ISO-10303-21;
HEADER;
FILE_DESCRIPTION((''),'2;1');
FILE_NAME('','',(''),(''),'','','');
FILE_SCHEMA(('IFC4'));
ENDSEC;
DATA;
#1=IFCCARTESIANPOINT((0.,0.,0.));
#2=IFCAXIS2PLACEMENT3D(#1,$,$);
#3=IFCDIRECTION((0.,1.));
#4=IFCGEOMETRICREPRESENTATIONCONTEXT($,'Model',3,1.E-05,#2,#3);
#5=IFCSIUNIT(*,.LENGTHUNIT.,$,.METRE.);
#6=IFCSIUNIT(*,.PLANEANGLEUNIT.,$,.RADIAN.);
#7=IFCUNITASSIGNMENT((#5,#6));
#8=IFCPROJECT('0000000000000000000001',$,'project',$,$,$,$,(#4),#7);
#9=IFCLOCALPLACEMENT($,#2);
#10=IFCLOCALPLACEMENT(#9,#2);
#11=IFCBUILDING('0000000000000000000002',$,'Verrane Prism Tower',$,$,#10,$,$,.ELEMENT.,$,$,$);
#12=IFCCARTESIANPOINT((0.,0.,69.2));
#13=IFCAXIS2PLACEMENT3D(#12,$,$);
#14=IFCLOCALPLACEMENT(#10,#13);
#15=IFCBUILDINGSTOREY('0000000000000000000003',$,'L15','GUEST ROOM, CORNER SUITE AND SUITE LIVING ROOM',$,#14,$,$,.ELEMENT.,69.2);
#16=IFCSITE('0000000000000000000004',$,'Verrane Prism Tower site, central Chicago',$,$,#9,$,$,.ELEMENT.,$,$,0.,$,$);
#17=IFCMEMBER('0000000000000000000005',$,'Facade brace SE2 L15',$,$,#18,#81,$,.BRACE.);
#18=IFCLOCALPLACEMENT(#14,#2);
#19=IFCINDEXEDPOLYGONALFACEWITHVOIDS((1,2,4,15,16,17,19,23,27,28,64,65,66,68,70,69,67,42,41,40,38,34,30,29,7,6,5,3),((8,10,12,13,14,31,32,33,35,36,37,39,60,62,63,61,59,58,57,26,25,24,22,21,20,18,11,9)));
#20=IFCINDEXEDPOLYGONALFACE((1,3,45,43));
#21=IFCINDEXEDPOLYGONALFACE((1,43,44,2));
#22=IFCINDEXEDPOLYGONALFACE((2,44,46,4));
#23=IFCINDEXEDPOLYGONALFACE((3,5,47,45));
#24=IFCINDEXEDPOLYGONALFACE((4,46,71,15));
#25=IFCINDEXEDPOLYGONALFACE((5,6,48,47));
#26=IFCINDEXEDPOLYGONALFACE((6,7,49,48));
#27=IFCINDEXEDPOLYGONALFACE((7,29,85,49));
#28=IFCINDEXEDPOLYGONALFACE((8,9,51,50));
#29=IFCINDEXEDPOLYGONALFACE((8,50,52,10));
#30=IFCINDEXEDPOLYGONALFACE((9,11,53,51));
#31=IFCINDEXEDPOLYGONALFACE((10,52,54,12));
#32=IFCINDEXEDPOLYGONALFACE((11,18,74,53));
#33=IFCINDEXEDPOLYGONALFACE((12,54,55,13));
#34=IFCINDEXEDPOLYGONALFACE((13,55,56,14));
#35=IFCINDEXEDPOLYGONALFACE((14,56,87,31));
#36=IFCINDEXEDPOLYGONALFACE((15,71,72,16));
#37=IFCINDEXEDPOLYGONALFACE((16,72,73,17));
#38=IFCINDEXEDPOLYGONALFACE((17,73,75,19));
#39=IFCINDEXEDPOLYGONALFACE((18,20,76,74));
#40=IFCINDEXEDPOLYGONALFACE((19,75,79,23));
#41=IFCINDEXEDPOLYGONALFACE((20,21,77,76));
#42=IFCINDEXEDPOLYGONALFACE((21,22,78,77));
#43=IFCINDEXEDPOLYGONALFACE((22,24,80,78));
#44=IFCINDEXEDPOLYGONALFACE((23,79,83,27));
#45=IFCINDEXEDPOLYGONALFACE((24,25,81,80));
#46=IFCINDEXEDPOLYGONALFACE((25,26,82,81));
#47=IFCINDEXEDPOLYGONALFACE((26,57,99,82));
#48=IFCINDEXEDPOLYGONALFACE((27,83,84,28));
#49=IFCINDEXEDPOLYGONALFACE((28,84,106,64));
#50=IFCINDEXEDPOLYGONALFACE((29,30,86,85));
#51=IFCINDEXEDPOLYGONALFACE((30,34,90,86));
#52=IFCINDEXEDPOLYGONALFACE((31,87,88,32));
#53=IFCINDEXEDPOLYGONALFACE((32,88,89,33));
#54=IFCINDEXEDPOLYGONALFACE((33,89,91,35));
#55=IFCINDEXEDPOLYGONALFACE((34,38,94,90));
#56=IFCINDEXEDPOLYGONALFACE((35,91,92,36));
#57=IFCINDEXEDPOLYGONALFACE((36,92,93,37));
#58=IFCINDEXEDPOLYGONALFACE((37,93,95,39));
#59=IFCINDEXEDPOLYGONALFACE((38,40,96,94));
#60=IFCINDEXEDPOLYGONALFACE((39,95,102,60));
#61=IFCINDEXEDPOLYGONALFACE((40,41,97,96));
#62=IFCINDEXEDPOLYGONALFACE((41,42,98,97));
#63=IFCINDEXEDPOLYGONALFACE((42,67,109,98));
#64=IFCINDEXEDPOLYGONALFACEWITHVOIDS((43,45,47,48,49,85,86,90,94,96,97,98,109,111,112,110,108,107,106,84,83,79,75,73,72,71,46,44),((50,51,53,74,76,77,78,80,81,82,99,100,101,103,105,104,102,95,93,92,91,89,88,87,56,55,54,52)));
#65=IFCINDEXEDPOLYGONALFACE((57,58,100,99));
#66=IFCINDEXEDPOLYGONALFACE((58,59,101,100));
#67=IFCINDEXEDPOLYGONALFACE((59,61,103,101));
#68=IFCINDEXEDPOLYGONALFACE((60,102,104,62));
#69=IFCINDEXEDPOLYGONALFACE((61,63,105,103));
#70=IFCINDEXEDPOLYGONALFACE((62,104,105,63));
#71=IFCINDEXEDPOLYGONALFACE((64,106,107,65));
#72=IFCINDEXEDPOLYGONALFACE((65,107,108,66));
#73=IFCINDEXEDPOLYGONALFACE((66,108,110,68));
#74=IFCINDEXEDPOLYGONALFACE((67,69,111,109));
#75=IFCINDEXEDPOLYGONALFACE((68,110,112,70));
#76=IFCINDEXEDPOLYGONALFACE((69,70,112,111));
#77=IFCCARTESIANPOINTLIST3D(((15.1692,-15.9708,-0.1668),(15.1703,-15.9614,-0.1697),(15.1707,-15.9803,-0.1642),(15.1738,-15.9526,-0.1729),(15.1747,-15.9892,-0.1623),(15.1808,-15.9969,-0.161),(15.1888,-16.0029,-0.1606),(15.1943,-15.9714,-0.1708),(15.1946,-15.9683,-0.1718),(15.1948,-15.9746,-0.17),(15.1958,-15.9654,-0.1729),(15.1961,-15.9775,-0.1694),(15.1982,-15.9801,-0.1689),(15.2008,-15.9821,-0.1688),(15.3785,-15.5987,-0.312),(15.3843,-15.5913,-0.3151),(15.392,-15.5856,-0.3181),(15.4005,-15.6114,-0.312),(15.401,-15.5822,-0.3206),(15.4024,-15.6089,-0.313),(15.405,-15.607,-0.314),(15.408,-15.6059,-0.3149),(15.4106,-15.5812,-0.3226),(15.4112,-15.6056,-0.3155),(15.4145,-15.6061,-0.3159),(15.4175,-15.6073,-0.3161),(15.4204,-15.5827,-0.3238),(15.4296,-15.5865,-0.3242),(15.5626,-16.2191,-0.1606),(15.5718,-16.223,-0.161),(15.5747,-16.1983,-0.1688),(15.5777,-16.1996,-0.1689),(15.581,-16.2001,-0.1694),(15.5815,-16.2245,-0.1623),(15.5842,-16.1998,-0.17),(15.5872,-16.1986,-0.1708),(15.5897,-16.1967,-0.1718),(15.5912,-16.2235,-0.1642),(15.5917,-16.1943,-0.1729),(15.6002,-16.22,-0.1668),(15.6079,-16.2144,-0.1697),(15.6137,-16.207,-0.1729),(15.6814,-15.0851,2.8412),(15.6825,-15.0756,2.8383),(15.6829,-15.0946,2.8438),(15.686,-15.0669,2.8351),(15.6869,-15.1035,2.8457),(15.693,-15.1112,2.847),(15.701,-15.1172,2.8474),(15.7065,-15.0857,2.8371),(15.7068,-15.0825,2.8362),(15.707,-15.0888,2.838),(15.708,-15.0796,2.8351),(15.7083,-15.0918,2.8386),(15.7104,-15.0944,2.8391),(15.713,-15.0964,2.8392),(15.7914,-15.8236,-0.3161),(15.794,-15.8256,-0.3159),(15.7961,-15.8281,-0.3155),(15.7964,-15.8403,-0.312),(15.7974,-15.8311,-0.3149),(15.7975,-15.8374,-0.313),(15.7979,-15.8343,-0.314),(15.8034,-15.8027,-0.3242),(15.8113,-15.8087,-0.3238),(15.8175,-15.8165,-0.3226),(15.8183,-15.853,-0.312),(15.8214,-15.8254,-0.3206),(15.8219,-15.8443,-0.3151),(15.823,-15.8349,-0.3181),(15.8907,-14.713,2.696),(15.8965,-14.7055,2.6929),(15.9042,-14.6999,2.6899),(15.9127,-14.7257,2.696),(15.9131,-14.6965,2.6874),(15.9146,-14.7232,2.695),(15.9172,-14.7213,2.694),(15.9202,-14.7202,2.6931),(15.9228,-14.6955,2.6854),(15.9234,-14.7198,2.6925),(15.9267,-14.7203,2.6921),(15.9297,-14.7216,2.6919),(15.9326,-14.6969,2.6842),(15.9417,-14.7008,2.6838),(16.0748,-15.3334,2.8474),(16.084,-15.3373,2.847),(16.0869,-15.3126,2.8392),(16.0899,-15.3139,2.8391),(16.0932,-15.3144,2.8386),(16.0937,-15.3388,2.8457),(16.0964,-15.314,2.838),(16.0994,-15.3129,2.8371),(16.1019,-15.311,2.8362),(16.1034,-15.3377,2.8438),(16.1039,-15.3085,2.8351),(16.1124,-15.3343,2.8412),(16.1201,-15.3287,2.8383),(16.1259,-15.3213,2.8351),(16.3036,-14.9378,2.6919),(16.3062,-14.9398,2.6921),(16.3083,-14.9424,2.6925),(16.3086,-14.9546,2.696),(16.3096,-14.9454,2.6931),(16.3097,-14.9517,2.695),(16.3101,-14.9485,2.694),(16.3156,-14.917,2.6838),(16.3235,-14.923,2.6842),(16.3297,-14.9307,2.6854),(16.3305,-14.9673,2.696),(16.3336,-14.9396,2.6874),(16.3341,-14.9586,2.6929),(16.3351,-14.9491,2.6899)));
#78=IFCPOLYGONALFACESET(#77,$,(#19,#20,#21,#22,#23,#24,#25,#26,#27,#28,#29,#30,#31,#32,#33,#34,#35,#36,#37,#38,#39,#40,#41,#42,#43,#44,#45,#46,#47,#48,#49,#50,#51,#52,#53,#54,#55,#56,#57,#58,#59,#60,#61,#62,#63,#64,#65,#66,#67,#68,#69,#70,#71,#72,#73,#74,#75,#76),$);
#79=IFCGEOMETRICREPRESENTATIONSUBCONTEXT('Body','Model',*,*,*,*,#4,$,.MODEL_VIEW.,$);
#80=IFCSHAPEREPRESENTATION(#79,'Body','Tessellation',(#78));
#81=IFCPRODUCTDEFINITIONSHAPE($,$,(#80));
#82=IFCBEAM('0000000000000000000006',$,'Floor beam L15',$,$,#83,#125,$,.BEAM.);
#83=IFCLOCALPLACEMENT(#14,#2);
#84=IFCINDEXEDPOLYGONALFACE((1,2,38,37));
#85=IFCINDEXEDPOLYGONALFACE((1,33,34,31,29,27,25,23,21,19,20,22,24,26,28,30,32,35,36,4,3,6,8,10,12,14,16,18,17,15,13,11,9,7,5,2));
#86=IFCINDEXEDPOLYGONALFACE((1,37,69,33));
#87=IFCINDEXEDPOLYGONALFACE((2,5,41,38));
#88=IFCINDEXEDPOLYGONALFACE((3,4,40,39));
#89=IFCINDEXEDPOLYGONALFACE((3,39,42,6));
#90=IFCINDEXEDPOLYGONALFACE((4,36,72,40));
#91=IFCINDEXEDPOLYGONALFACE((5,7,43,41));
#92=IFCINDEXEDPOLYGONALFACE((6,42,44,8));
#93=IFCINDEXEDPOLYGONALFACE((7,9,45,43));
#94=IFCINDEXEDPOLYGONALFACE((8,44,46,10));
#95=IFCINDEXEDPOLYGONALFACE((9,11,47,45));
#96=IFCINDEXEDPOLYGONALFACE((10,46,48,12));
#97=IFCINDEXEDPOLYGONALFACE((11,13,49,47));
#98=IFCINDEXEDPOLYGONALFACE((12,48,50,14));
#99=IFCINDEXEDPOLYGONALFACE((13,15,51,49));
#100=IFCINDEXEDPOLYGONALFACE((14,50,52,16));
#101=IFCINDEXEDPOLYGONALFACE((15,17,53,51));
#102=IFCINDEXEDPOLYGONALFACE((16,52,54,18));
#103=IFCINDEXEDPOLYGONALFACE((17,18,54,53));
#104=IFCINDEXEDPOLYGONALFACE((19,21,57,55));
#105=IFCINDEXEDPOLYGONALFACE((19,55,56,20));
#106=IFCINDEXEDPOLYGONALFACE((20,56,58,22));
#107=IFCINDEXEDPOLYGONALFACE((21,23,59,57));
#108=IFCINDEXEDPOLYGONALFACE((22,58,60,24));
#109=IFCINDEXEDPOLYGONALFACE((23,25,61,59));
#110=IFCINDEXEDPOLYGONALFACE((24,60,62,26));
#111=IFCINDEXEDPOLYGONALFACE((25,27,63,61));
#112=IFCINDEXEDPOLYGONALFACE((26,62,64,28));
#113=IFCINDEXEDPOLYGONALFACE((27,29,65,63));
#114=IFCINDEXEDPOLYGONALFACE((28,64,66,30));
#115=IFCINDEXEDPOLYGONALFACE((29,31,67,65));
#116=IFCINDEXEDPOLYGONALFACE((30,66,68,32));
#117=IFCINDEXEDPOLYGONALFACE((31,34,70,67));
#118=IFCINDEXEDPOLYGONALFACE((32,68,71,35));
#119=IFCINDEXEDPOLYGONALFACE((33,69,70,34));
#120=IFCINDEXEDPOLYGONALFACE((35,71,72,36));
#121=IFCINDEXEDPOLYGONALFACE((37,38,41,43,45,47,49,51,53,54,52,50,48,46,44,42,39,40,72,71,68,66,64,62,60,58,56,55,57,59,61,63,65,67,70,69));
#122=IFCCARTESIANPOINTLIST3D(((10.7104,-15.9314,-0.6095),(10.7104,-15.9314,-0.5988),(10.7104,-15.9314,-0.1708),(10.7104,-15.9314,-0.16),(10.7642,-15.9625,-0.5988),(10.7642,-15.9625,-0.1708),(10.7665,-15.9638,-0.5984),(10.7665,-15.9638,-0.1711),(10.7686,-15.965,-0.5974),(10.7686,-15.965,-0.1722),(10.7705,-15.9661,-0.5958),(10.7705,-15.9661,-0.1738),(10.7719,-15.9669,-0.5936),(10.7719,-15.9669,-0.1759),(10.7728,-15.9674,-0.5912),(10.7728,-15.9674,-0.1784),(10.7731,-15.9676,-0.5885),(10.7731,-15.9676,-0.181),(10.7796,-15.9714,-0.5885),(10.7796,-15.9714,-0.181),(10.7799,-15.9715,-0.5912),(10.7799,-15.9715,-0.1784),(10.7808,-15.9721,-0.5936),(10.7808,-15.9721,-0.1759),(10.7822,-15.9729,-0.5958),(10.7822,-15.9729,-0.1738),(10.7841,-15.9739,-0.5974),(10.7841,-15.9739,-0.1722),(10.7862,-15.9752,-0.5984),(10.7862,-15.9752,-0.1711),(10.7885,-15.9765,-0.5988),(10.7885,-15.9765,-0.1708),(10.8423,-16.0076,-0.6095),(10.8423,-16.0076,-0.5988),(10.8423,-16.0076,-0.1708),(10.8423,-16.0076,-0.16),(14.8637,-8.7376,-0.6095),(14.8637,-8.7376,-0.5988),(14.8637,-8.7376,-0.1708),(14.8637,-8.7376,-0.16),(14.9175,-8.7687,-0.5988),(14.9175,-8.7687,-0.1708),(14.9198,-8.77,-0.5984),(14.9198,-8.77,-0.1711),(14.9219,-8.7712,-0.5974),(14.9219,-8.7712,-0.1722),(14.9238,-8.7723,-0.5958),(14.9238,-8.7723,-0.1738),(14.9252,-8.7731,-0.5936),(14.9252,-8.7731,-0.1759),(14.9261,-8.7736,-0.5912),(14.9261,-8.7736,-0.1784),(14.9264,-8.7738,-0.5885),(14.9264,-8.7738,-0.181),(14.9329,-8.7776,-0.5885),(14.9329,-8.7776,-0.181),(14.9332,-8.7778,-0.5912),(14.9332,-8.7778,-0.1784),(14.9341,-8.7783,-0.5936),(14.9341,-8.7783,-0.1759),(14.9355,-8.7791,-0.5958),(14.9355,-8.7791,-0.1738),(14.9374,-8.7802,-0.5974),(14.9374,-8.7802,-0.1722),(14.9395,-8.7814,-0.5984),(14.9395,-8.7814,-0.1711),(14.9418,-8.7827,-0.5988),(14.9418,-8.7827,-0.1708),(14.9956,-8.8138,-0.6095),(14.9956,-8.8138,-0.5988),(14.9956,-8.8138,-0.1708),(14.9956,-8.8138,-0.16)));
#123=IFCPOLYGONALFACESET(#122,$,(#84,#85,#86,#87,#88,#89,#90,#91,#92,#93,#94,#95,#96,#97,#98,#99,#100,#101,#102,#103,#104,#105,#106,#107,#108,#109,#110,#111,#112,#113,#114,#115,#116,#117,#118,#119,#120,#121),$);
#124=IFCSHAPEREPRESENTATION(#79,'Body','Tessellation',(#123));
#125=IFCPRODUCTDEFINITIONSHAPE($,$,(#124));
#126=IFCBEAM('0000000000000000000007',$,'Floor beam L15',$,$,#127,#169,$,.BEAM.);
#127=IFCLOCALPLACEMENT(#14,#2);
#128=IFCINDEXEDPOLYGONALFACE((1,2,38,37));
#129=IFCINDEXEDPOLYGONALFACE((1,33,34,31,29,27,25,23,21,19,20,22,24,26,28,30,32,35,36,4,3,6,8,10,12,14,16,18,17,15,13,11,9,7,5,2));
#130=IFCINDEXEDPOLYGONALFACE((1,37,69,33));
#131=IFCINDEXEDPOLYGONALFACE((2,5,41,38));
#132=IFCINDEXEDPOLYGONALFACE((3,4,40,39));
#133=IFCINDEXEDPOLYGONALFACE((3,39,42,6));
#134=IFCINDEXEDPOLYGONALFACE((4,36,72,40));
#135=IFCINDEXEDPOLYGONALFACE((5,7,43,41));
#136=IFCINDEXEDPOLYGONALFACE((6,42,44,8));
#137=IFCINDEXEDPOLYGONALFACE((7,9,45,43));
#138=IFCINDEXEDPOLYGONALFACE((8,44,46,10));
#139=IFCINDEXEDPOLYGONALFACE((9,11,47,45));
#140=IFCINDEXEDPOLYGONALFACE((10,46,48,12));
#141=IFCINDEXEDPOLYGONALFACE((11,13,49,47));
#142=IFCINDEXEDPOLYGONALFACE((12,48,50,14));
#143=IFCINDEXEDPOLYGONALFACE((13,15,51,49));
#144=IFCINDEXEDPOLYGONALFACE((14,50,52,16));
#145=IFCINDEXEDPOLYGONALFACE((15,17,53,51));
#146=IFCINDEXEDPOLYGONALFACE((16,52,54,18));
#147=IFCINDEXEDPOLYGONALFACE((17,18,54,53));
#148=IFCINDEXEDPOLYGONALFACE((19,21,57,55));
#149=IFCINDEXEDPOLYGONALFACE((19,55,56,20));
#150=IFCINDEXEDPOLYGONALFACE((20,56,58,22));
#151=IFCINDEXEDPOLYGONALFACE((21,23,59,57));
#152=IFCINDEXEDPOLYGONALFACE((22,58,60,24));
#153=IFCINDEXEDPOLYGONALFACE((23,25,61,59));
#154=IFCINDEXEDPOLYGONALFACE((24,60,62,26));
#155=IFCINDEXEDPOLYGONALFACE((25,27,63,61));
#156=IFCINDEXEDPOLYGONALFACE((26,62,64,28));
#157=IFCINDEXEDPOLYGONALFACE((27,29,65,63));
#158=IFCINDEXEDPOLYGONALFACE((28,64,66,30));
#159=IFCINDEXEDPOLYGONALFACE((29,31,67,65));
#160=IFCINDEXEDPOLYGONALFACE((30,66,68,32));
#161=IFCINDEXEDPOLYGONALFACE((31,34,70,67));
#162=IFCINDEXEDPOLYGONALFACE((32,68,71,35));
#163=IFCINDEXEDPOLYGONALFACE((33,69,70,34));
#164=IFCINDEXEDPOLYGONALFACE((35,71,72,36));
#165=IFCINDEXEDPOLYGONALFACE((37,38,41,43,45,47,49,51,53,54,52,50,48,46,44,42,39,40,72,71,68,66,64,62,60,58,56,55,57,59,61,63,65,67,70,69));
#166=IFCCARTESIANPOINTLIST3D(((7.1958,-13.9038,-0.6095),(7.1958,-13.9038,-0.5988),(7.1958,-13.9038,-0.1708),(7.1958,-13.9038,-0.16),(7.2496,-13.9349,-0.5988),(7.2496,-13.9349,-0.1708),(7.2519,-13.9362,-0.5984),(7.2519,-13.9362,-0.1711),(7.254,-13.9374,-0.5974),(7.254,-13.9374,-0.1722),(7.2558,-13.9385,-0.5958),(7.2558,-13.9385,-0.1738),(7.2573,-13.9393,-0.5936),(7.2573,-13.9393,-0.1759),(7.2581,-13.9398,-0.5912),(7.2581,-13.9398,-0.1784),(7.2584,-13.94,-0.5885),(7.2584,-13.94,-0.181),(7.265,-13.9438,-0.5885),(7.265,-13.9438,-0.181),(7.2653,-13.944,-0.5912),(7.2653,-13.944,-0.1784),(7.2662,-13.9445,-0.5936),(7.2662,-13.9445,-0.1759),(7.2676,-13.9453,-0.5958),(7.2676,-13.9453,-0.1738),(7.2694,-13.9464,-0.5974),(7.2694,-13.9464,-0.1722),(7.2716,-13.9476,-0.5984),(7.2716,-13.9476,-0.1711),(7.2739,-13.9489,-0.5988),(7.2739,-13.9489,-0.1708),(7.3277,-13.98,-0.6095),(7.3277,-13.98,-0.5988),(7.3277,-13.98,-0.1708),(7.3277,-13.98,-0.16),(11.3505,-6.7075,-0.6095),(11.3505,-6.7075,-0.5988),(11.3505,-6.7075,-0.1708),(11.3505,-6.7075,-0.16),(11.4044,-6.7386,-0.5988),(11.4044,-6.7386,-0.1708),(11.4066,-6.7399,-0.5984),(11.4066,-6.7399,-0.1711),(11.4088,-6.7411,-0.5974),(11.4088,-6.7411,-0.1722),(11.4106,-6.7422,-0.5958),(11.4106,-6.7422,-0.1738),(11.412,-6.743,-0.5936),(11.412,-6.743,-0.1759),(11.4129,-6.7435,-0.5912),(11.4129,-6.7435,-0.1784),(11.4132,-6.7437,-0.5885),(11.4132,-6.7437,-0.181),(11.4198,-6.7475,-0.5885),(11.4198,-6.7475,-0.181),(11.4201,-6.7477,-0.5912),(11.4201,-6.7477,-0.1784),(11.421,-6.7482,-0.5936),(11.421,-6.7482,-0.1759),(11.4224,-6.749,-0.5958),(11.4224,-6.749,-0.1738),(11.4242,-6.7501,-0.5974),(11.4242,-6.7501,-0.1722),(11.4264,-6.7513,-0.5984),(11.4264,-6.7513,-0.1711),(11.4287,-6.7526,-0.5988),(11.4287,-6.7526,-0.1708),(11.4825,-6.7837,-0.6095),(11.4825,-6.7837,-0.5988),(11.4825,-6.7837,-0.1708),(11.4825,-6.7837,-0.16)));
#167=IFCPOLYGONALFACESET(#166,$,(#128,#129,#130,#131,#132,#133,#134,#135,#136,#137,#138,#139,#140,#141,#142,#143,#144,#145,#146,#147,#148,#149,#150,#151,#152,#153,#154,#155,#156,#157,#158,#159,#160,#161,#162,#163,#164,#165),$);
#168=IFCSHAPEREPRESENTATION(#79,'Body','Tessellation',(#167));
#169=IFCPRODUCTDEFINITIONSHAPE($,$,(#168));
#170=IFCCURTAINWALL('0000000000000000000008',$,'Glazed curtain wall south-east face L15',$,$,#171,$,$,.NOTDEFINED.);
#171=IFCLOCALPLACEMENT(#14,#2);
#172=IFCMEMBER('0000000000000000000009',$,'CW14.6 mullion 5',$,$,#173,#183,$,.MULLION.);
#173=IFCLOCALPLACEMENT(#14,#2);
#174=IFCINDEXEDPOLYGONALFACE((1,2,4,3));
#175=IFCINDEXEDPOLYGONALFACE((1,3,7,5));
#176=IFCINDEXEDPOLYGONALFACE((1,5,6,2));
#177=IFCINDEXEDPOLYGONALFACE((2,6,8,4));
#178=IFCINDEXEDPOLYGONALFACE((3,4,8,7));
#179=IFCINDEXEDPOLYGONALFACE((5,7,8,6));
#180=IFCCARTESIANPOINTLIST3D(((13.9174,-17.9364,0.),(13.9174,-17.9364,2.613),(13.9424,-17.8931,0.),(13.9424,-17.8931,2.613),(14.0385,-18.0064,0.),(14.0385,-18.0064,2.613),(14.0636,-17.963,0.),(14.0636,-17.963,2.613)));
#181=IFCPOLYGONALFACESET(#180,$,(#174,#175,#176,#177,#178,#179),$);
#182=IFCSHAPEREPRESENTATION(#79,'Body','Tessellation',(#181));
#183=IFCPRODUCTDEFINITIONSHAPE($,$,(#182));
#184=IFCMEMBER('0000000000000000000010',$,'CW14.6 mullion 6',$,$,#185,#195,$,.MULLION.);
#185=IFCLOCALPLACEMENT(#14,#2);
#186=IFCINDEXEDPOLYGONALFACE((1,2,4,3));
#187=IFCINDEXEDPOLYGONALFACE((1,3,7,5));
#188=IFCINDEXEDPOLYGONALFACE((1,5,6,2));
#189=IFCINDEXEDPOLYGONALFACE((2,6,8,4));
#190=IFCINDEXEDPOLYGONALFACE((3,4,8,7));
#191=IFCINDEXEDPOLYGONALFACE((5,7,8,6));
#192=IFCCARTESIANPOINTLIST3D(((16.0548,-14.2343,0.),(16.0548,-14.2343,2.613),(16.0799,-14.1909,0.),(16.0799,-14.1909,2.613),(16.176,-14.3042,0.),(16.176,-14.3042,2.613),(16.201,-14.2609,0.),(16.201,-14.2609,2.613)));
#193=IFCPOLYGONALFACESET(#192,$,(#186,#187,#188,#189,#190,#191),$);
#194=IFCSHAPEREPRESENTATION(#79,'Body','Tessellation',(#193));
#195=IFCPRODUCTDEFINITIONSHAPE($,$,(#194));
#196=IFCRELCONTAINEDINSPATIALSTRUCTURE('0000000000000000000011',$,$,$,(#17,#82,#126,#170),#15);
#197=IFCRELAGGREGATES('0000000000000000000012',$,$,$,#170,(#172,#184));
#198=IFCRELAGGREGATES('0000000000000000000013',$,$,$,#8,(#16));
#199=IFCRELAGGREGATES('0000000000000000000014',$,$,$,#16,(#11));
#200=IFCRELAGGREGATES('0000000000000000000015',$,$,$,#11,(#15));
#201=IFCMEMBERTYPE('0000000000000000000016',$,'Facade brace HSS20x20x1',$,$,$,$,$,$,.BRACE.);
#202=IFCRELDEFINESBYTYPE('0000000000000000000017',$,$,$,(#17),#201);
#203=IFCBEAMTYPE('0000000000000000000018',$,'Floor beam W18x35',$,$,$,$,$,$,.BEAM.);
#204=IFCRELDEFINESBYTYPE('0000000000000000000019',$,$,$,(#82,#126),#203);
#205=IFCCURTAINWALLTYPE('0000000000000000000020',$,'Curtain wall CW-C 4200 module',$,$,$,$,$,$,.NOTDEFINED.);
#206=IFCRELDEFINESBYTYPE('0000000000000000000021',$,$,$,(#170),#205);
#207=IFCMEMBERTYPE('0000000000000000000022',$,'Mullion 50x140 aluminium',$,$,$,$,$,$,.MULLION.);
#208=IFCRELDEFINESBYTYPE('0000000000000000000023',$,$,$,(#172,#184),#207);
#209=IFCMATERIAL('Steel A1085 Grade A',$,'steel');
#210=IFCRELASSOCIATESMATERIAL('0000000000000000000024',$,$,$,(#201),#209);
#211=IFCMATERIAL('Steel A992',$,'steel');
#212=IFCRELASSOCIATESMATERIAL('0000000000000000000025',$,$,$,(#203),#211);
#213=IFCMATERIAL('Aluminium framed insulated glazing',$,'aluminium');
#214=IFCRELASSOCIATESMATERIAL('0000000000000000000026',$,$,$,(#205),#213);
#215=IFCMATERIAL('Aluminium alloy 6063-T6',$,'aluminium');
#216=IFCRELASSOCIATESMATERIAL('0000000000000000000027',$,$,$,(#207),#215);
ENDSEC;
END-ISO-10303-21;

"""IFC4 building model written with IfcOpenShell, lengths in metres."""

from ifc_helpers import new_model, si_unit, direction, frame, origin, origin_2d, place, context, subcontext, project, spatial, rectangle, hollow_rectangle, i_section, extrude, material, material_profile, profile_set, type_object, element, aggregate, save


model = new_model("IFC4")

# Units and contexts
model_context = context("Model", 3, precision=1e-05, world=origin(), true_north=direction((0.0, 1.0)))
body_context = subcontext(model_context, "Body", "Model", "MODEL_VIEW")
ifc_project = project(units=[si_unit("LENGTHUNIT", "METRE"), si_unit("PLANEANGLEUNIT", "RADIAN")], contexts=[model_context])

# Site, building, storey
site_placement = place(None, origin())
site = spatial("IfcSite", under=ifc_project, at=site_placement, Name="Verrane Prism Tower site, central Chicago", CompositionType="ELEMENT", RefElevation=0.0)
building_placement = place(site_placement, origin())
building = spatial("IfcBuilding", under=site, at=building_placement, Name="Verrane Prism Tower", CompositionType="ELEMENT")
storey_placement = place(building_placement, frame((0.0, 0.0, 69.2)))
storey = spatial("IfcBuildingStorey", under=building, at=storey_placement, Name="L15", Description="GUEST ROOM, CORNER SUITE AND SUITE LIVING ROOM", CompositionType="ELEMENT", Elevation=69.2)

# Member
ifc_material_1 = material(Name="Steel A1085 Grade A", Category="steel")
ifc_material_profile_1 = material_profile(ifc_material_1, hollow_rectangle(XDim=0.5081, YDim=0.5081, WallThickness=0.0254, InnerFilletRadius=0.0127, OuterFilletRadius=0.0381, at=origin_2d()), Name="HSS20x20x1")
ifc_profile_set_1 = profile_set([ifc_material_profile_1], Name="Steel A1085 Grade A")
member_type_1 = type_object("IfcMemberType", Name="Facade brace HSS20x20x1", PredefinedType="BRACE", material=ifc_profile_set_1)
member_1_placement = place(storey_placement, frame((15.4961, -15.9028, -0.2424), z_axis=(0.161208, 0.278771, 0.946731), x_axis=(-0.865677, 0.500604, 0.0)))
element("IfcMember", 1, at=member_1_placement, inside=storey, type_object=member_type_1, Name="Facade brace SE2 L15", PredefinedType="BRACE", context=body_context, shape_type="SweptSolid", body=[
    extrude(hollow_rectangle(XDim=0.5081, YDim=0.5081, WallThickness=0.0254, InnerFilletRadius=0.0127, OuterFilletRadius=0.0381, at=origin_2d()), origin(), (0.0, 0.0, 1.0), 3.1772),
])

# Beams
ifc_material_2 = material(Name="Steel A992", Category="steel")
ifc_material_profile_2 = material_profile(ifc_material_2, i_section(OverallWidth=0.1523, OverallDepth=0.4495, WebThickness=0.0076, FlangeThickness=0.0107, FilletRadius=0.0103, at=origin_2d()), Name="W18x35")
ifc_profile_set_2 = profile_set([ifc_material_profile_2], Name="Steel A992")
beam_type_1 = type_object("IfcBeamType", Name="Floor beam W18x35", PredefinedType="BEAM", material=ifc_profile_set_2)
beam_1_placement = place(storey_placement, frame((10.7764, -15.9695, -0.3848), z_axis=(0.499996, 0.866028, 0.0), x_axis=(-0.866028, 0.499996, 0.0)))
element("IfcBeam", 2, at=beam_1_placement, inside=storey, type_object=beam_type_1, Name="Floor beam L15", PredefinedType="BEAM", context=body_context, shape_type="SweptSolid", body=[
    extrude(i_section(OverallWidth=0.1523, OverallDepth=0.4495, WebThickness=0.0076, FlangeThickness=0.0107, FilletRadius=0.0103, at=origin_2d()), origin(), (0.0, 0.0, 1.0), 8.3066),
])
beam_2_placement = place(storey_placement, frame((7.2617, -13.9419, -0.3848), z_axis=(0.500001, 0.866025, 0.0), x_axis=(-0.866025, 0.500001, 0.0)))
element("IfcBeam", 3, at=beam_2_placement, inside=storey, type_object=beam_type_1, Name="Floor beam L15", PredefinedType="BEAM", context=body_context, shape_type="SweptSolid", body=[
    extrude(i_section(OverallWidth=0.1523, OverallDepth=0.4495, WebThickness=0.0076, FlangeThickness=0.0107, FilletRadius=0.0103, at=origin_2d()), origin(), (0.0, 0.0, 1.0), 8.3096),
])

# Curtain wall, members
ifc_material_3 = material(Name="Aluminium framed insulated glazing", Category="aluminium")
curtain_wall_type = type_object("IfcCurtainWallType", Name="Curtain wall CW-C 4200 module", PredefinedType="NOTDEFINED", material=ifc_material_3)
curtain_wall_placement = place(storey_placement, origin())
curtain_wall = element("IfcCurtainWall", 4, at=curtain_wall_placement, inside=storey, type_object=curtain_wall_type, Name="Glazed curtain wall south-east face L15", PredefinedType="NOTDEFINED")
ifc_material_4 = material(Name="Aluminium alloy 6063-T6", Category="aluminium")
ifc_material_profile_3 = material_profile(ifc_material_4, rectangle(XDim=0.1399, YDim=0.05, at=origin_2d()), Name="Mullion 50x140 aluminium")
ifc_profile_set_3 = profile_set([ifc_material_profile_3], Name="Aluminium alloy 6063-T6")
member_type_2 = type_object("IfcMemberType", Name="Mullion 50x140 aluminium", PredefinedType="MULLION", material=ifc_profile_set_3)
member_2_placement = place(storey_placement, frame((13.9905, -17.9497, 0.0), z_axis=(0.0, 0.0, 1.0), x_axis=(-0.866025, 0.5, 0.0)))
member_2 = element("IfcMember", 5, at=member_2_placement, type_object=member_type_2, Name="CW14.6 mullion 5", PredefinedType="MULLION", context=body_context, shape_type="SweptSolid", body=[
    extrude(rectangle(XDim=0.1399, YDim=0.05, at=origin_2d()), origin(), (0.0, 0.0, 1.0), 2.613),
])
member_3_placement = place(storey_placement, frame((16.1279, -14.2476, 0.0), z_axis=(0.0, 0.0, 1.0), x_axis=(-0.866025, 0.5, 0.0)))
member_3 = element("IfcMember", 6, at=member_3_placement, type_object=member_type_2, Name="CW14.6 mullion 6", PredefinedType="MULLION", context=body_context, shape_type="SweptSolid", body=[
    extrude(rectangle(XDim=0.1399, YDim=0.05, at=origin_2d()), origin(), (0.0, 0.0, 1.0), 2.613),
])

aggregate(curtain_wall, [member_2, member_3])

save(model, "model.ifc")
